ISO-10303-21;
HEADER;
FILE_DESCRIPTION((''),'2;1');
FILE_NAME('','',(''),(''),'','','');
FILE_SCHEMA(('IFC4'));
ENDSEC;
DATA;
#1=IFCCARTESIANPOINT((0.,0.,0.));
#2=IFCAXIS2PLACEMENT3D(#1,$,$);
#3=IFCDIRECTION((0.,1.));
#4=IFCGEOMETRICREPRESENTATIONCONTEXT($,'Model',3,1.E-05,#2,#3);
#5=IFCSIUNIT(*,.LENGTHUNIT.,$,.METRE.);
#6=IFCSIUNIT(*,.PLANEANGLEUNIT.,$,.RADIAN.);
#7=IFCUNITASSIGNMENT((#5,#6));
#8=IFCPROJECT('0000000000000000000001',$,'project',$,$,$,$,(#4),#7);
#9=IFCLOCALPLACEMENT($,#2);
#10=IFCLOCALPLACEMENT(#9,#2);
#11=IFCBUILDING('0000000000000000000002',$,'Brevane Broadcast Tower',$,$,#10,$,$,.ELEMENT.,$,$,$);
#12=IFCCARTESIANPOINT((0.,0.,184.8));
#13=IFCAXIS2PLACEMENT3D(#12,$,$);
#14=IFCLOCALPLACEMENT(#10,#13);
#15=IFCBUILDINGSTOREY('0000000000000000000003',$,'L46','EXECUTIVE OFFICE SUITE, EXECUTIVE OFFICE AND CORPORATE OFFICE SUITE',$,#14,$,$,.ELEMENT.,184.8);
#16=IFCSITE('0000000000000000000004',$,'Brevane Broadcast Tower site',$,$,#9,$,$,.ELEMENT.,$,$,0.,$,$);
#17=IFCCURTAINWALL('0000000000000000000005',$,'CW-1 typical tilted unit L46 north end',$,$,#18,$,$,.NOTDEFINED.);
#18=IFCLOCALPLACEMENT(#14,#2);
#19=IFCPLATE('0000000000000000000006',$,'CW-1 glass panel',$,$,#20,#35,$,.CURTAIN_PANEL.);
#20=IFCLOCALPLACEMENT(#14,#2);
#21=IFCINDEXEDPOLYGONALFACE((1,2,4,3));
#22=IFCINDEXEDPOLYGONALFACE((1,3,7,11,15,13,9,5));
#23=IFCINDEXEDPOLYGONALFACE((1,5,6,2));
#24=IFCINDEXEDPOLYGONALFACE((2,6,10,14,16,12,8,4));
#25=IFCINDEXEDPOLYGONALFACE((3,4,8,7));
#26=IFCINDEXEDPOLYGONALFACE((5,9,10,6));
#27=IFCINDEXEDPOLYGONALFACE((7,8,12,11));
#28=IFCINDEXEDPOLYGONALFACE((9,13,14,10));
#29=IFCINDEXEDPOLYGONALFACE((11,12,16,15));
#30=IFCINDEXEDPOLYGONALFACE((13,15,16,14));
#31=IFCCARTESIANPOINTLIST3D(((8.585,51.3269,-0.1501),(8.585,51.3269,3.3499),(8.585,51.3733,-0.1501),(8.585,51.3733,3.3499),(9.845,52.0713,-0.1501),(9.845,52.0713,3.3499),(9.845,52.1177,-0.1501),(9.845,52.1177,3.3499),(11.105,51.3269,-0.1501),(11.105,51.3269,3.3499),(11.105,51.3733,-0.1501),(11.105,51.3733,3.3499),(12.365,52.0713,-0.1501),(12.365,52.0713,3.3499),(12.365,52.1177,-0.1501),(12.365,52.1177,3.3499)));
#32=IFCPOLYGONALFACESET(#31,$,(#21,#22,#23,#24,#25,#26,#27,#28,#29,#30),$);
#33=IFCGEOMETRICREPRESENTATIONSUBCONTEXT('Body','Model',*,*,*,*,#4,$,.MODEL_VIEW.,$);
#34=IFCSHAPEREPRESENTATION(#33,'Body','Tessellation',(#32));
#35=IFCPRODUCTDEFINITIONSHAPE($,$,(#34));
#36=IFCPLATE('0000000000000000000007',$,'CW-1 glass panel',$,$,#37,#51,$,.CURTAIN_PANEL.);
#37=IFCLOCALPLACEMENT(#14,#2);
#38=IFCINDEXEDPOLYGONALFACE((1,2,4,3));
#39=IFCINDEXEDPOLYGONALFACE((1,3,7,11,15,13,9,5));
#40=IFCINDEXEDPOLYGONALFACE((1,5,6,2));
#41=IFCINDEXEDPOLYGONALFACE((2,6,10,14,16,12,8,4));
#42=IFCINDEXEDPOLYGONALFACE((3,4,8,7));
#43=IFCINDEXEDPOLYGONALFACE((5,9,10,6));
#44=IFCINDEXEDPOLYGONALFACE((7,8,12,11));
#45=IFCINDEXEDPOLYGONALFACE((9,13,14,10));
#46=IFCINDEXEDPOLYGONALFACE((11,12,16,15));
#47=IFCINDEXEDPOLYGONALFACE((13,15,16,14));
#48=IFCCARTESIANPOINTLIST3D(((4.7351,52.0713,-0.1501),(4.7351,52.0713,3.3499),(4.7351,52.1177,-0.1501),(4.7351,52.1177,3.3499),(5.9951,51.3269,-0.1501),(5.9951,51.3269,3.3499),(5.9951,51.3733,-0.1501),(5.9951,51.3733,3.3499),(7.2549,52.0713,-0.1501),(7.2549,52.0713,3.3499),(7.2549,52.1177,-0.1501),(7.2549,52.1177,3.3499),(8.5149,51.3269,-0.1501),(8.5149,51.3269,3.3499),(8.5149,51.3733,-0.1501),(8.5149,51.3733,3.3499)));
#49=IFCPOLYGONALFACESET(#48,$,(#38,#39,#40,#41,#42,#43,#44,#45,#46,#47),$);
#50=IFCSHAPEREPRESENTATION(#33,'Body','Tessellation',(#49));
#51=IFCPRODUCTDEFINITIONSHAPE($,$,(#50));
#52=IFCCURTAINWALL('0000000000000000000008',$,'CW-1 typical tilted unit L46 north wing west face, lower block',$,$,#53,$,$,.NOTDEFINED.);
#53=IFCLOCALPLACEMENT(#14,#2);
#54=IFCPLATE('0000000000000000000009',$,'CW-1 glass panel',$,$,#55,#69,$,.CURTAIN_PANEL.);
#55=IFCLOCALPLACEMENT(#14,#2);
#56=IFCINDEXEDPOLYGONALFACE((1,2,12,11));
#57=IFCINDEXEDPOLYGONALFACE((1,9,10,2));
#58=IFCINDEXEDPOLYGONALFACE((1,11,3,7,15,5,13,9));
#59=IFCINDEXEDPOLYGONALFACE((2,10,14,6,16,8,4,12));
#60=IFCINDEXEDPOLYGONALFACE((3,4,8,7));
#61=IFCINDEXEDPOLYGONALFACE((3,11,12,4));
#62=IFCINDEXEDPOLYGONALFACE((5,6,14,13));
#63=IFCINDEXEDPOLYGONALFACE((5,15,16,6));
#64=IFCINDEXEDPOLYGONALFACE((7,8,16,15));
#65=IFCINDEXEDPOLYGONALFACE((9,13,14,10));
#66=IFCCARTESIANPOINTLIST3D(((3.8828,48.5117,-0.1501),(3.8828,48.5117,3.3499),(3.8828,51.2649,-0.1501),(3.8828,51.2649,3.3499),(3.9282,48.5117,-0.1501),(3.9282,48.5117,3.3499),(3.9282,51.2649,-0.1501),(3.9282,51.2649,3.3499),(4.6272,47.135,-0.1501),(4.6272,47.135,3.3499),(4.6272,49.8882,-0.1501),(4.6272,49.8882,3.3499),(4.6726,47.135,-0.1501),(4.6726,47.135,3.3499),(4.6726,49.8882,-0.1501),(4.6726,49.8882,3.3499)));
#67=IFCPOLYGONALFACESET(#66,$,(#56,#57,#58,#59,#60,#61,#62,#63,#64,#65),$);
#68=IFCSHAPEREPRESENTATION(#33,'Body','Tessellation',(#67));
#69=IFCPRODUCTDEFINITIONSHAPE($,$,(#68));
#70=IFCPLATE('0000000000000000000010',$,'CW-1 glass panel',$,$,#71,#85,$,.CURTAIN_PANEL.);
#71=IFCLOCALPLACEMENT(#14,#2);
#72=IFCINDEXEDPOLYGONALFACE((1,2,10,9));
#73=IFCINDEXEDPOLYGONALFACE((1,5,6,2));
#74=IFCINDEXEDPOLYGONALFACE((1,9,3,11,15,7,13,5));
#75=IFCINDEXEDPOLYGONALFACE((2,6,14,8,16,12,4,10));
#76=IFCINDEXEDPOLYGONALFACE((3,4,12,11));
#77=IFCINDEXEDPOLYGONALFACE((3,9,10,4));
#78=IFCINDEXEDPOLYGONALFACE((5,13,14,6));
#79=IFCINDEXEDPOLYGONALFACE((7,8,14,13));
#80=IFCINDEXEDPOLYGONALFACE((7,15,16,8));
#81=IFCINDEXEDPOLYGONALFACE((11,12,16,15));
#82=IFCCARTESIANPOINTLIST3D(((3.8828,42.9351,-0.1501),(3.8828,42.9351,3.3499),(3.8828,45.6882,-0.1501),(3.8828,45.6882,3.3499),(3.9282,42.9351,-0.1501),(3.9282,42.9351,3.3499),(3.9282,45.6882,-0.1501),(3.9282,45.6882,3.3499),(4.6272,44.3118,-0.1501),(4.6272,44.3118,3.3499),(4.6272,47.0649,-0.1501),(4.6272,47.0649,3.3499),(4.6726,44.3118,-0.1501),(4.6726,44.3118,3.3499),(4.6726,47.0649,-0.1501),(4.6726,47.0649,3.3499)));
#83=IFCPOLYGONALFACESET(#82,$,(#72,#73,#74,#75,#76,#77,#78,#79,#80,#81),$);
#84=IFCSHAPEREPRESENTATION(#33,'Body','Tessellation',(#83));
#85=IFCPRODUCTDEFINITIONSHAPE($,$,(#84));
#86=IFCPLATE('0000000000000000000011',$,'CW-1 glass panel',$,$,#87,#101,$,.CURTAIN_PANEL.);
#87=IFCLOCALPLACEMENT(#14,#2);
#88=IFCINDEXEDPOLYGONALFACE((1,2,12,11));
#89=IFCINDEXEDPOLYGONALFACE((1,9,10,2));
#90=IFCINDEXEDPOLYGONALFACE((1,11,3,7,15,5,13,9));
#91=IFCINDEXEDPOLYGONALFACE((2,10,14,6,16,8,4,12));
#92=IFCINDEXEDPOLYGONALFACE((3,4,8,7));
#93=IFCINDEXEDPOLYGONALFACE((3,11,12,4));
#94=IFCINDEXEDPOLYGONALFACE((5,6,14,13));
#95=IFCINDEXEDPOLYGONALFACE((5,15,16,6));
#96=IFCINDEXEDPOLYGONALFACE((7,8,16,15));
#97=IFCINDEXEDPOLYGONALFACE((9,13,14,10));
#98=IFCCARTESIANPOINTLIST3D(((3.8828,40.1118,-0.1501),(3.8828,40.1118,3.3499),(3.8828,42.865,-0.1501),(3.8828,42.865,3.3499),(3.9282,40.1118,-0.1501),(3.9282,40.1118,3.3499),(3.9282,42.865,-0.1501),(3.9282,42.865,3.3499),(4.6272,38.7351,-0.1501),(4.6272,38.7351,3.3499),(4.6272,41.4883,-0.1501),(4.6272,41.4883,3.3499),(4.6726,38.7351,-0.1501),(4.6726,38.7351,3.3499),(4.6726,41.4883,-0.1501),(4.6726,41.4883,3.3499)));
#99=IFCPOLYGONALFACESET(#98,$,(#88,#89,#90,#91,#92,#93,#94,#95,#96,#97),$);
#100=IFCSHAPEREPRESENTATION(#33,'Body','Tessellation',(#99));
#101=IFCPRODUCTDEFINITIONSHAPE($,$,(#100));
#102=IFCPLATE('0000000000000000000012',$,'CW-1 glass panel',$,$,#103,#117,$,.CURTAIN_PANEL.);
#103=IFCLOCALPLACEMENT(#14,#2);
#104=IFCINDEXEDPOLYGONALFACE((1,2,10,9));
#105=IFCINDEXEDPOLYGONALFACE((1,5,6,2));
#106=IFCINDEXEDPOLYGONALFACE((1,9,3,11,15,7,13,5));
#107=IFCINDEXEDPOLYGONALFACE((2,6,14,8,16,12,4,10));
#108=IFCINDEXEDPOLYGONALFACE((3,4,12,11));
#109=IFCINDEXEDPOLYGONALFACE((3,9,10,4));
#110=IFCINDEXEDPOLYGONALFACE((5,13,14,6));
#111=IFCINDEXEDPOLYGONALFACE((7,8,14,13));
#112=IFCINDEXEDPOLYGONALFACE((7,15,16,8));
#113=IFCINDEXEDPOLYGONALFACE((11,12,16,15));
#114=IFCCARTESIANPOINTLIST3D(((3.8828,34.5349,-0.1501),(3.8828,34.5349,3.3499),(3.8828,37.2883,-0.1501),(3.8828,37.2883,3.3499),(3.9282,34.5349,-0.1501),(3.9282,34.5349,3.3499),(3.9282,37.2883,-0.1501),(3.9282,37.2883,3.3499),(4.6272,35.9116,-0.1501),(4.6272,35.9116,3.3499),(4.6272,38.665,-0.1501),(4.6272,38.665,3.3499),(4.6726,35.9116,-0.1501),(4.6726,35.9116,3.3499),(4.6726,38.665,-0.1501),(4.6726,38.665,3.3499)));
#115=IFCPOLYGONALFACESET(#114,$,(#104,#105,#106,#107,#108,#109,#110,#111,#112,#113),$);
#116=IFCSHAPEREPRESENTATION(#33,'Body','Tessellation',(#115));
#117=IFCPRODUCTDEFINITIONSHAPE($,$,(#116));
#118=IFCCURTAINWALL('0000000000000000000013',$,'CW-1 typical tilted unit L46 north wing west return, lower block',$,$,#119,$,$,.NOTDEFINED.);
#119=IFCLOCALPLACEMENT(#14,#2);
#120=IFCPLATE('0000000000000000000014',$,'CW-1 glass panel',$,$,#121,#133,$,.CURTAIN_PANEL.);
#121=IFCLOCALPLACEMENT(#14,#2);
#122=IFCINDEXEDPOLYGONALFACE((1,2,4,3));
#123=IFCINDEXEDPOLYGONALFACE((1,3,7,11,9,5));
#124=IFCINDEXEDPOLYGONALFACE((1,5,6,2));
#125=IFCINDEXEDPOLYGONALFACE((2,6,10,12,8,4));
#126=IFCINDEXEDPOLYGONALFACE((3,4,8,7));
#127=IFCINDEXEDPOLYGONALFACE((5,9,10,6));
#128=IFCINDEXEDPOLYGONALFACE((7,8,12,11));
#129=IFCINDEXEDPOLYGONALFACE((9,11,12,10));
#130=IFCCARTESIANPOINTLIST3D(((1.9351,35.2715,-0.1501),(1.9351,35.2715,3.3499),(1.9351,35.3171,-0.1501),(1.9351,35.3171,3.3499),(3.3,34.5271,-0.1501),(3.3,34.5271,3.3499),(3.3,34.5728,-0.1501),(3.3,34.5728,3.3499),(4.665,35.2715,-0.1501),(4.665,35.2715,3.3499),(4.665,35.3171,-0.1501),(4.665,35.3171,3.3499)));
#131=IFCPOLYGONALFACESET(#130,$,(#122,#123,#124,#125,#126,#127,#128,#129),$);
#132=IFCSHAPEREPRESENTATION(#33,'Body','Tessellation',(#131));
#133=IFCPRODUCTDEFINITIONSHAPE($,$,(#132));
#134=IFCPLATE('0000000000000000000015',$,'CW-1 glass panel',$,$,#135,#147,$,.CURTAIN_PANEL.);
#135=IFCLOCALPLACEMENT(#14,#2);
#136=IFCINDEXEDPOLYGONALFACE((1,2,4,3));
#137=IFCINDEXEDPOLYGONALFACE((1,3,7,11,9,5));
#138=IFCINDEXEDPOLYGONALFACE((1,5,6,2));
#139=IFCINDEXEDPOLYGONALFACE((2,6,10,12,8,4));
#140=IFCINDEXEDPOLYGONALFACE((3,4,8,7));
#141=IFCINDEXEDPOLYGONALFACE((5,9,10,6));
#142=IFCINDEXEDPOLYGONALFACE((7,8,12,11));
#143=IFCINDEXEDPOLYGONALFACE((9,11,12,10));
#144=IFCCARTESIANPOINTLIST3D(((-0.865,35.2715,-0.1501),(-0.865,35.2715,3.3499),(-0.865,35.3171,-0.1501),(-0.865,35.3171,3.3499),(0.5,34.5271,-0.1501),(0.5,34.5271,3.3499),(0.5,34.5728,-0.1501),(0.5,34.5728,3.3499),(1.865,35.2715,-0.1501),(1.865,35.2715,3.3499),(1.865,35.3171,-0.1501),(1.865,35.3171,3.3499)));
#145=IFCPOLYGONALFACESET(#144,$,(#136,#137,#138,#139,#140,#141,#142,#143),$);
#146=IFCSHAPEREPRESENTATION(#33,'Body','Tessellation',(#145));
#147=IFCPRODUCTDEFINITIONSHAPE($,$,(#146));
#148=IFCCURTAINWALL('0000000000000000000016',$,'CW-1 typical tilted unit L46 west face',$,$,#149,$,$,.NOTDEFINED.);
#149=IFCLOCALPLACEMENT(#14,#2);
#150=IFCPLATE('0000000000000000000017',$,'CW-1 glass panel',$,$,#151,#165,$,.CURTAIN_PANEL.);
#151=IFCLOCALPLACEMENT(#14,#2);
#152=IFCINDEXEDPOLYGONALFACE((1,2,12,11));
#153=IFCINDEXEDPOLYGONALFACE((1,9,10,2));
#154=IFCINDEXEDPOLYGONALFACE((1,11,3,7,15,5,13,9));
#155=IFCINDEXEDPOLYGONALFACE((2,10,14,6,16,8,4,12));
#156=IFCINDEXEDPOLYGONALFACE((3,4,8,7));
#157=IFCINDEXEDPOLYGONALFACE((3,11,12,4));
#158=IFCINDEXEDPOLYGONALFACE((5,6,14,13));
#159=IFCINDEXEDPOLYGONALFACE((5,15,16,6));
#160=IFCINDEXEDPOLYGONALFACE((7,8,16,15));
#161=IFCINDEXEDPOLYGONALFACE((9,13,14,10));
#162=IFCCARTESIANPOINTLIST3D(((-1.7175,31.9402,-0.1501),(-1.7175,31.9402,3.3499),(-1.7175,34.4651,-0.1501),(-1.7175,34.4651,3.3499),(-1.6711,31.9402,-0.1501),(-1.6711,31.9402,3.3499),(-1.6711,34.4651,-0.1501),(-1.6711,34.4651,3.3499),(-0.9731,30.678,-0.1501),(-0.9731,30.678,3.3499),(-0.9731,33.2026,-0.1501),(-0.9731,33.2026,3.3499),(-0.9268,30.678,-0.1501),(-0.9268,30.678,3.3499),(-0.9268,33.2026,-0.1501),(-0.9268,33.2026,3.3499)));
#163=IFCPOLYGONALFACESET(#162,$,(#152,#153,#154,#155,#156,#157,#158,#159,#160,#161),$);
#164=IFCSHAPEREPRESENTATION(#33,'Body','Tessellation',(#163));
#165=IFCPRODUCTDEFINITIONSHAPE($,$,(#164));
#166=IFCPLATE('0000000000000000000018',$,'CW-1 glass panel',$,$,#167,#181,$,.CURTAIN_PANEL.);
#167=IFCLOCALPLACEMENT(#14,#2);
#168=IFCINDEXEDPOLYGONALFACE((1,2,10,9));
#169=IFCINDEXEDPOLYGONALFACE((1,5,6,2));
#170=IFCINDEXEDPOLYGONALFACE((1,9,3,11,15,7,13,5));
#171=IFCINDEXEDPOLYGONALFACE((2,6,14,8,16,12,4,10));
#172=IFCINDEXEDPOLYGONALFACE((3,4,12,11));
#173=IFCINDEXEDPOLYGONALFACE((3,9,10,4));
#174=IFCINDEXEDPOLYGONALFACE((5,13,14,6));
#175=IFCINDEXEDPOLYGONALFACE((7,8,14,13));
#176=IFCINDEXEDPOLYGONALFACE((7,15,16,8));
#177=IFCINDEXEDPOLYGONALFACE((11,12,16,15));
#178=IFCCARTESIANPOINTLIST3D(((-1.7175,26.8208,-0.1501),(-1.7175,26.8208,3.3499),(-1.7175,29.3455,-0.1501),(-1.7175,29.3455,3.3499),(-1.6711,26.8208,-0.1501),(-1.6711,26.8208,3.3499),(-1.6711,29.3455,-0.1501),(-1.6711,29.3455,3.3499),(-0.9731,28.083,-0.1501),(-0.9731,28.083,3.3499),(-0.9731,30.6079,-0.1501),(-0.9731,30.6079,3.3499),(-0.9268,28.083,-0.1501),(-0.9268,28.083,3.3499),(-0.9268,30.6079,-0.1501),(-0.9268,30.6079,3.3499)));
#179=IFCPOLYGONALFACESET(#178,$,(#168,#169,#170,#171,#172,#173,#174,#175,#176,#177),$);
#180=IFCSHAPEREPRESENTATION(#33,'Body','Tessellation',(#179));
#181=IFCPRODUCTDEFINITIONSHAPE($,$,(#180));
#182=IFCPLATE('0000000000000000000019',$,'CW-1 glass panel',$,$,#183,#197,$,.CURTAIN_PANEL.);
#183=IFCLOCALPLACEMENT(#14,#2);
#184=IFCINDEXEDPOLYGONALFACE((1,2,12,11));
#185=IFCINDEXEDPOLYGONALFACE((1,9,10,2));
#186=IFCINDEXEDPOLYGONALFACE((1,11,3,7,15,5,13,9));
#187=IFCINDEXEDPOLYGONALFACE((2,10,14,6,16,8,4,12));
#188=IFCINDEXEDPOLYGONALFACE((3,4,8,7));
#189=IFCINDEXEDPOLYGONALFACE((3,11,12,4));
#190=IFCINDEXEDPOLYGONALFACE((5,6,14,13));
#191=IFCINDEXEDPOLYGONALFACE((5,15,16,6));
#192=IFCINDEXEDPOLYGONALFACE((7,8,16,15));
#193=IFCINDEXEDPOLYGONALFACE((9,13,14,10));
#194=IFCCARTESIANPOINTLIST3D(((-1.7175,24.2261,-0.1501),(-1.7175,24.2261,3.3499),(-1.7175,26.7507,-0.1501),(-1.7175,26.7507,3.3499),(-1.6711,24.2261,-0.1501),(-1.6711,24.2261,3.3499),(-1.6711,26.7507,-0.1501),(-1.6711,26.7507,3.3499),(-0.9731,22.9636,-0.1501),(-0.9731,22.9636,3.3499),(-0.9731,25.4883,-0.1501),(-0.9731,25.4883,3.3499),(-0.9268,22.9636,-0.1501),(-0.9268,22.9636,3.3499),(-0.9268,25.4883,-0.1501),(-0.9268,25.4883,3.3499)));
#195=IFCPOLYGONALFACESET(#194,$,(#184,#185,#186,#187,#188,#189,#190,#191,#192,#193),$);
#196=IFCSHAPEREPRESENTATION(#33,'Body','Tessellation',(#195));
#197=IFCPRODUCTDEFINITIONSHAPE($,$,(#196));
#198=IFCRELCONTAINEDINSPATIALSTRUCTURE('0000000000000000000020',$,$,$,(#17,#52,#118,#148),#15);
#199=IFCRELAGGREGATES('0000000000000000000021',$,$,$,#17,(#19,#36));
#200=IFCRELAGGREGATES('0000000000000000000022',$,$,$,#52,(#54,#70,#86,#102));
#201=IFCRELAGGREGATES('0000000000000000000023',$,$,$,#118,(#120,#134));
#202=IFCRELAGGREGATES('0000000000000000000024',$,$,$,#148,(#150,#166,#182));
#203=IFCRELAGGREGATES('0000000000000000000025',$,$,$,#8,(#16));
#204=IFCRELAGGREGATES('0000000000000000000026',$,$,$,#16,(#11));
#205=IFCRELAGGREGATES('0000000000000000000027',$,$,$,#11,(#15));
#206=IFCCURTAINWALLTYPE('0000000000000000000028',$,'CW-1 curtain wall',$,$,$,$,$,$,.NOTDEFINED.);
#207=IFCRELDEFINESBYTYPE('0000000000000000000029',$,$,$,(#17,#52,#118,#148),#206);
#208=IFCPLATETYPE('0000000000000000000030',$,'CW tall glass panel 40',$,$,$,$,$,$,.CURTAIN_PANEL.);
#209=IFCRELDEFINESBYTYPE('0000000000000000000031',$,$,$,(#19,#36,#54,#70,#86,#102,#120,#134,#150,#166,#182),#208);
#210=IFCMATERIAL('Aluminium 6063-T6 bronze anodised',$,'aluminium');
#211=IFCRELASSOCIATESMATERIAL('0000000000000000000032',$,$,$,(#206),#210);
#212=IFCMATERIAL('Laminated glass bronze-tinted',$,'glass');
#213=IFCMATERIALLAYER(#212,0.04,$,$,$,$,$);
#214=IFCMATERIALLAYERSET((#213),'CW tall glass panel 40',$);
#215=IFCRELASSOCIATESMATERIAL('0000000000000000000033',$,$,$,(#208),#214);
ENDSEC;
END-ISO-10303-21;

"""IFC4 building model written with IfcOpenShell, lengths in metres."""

from ifc_helpers import new_model, si_unit, direction, frame, origin, place, context, subcontext, project, spatial, polyline, outline, extrude, material, layer, layer_set, type_object, element, aggregate, save


model = new_model("IFC4")

# Units and contexts
model_context = context("Model", 3, precision=1e-05, world=origin(), true_north=direction((0.0, 1.0)))
body_context = subcontext(model_context, "Body", "Model", "MODEL_VIEW")
ifc_project = project(units=[si_unit("LENGTHUNIT", "METRE"), si_unit("PLANEANGLEUNIT", "RADIAN")], contexts=[model_context])

# Site, building, storey
site_placement = place(None, origin())
site = spatial("IfcSite", under=ifc_project, at=site_placement, Name="Brevane Broadcast Tower site", CompositionType="ELEMENT", RefElevation=0.0)
building_placement = place(site_placement, origin())
building = spatial("IfcBuilding", under=site, at=building_placement, Name="Brevane Broadcast Tower", CompositionType="ELEMENT")
storey_placement = place(building_placement, frame((0.0, 0.0, 184.8)))
storey = spatial("IfcBuildingStorey", under=building, at=storey_placement, Name="L46", Description="EXECUTIVE OFFICE SUITE, EXECUTIVE OFFICE AND CORPORATE OFFICE SUITE", CompositionType="ELEMENT", Elevation=184.8)

# Shared definitions
ifc_material_1 = material(Name="Aluminium 6063-T6 bronze anodised", Category="aluminium")
curtain_wall_type = type_object("IfcCurtainWallType", Name="CW-1 curtain wall", PredefinedType="NOTDEFINED", material=ifc_material_1)

# Curtain walls, plates
ifc_material_2 = material(Name="Laminated glass bronze-tinted", Category="glass")
ifc_layer = layer(ifc_material_2, 0.04)
ifc_layer_set = layer_set([ifc_layer], Name="CW tall glass panel 40")
plate_type = type_object("IfcPlateType", Name="CW tall glass panel 40", PredefinedType="CURTAIN_PANEL", material=ifc_layer_set)
curtain_wall_1_placement = place(storey_placement, origin())
curtain_wall_1 = element("IfcCurtainWall", 1, at=curtain_wall_1_placement, inside=storey, type_object=curtain_wall_type, Name="CW-1 typical tilted unit L46 north end", PredefinedType="NOTDEFINED")
plate_1_placement = place(storey_placement, frame((0.0, 0.0, -0.1501)))
plate_1 = element("IfcPlate", 2, at=plate_1_placement, type_object=plate_type, Name="CW-1 glass panel", PredefinedType="CURTAIN_PANEL", context=body_context, shape_type="SweptSolid", body=[
    extrude(outline(polyline([(12.365, 52.0713), (12.365, 52.1177), (11.105, 51.3733), (9.845, 52.1177), (8.585, 51.3733), (8.585, 51.3269), (9.845, 52.0713), (11.105, 51.3269), (12.365, 52.0713)])), origin(), (0.0, 0.0, 1.0), 3.5),
])
plate_2_placement = place(storey_placement, frame((0.0, 0.0, -0.1501)))
plate_2 = element("IfcPlate", 3, at=plate_2_placement, type_object=plate_type, Name="CW-1 glass panel", PredefinedType="CURTAIN_PANEL", context=body_context, shape_type="SweptSolid", body=[
    extrude(outline(polyline([(8.5149, 51.3269), (8.5149, 51.3733), (7.2549, 52.1177), (5.9951, 51.3733), (4.7351, 52.1177), (4.7351, 52.0713), (5.9951, 51.3269), (7.2549, 52.0713), (8.5149, 51.3269)])), origin(), (0.0, 0.0, 1.0), 3.5),
])
aggregate(curtain_wall_1, [plate_1, plate_2])
curtain_wall_2_placement = place(storey_placement, origin())
curtain_wall_2 = element("IfcCurtainWall", 4, at=curtain_wall_2_placement, inside=storey, type_object=curtain_wall_type, Name="CW-1 typical tilted unit L46 north wing west face, lower block", PredefinedType="NOTDEFINED")
plate_3_placement = place(storey_placement, frame((0.0, 0.0, -0.1501)))
plate_3 = element("IfcPlate", 5, at=plate_3_placement, type_object=plate_type, Name="CW-1 glass panel", PredefinedType="CURTAIN_PANEL", context=body_context, shape_type="SweptSolid", body=[
    extrude(outline(polyline([(3.9282, 51.2649), (3.8828, 51.2649), (4.6272, 49.8882), (3.8828, 48.5117), (4.6272, 47.135), (4.6726, 47.135), (3.9282, 48.5117), (4.6726, 49.8882), (3.9282, 51.2649)])), origin(), (0.0, 0.0, 1.0), 3.5),
])
plate_4_placement = place(storey_placement, frame((0.0, 0.0, -0.1501)))
plate_4 = element("IfcPlate", 6, at=plate_4_placement, type_object=plate_type, Name="CW-1 glass panel", PredefinedType="CURTAIN_PANEL", context=body_context, shape_type="SweptSolid", body=[
    extrude(outline(polyline([(4.6726, 47.0649), (4.6272, 47.0649), (3.8828, 45.6882), (4.6272, 44.3118), (3.8828, 42.9351), (3.9282, 42.9351), (4.6726, 44.3118), (3.9282, 45.6882), (4.6726, 47.0649)])), origin(), (0.0, 0.0, 1.0), 3.5),
])
plate_5_placement = place(storey_placement, frame((0.0, 0.0, -0.1501)))
plate_5 = element("IfcPlate", 7, at=plate_5_placement, type_object=plate_type, Name="CW-1 glass panel", PredefinedType="CURTAIN_PANEL", context=body_context, shape_type="SweptSolid", body=[
    extrude(outline(polyline([(3.9282, 42.865), (3.8828, 42.865), (4.6272, 41.4883), (3.8828, 40.1118), (4.6272, 38.7351), (4.6726, 38.7351), (3.9282, 40.1118), (4.6726, 41.4883), (3.9282, 42.865)])), origin(), (0.0, 0.0, 1.0), 3.5),
])
plate_6_placement = place(storey_placement, frame((0.0, 0.0, -0.1501)))
plate_6 = element("IfcPlate", 8, at=plate_6_placement, type_object=plate_type, Name="CW-1 glass panel", PredefinedType="CURTAIN_PANEL", context=body_context, shape_type="SweptSolid", body=[
    extrude(outline(polyline([(4.6726, 38.665), (4.6272, 38.665), (3.8828, 37.2883), (4.6272, 35.9116), (3.8828, 34.5349), (3.9282, 34.5349), (4.6726, 35.9116), (3.9282, 37.2883), (4.6726, 38.665)])), origin(), (0.0, 0.0, 1.0), 3.5),
])
aggregate(curtain_wall_2, [plate_3, plate_4, plate_5, plate_6])
curtain_wall_3_placement = place(storey_placement, origin())
curtain_wall_3 = element("IfcCurtainWall", 9, at=curtain_wall_3_placement, inside=storey, type_object=curtain_wall_type, Name="CW-1 typical tilted unit L46 north wing west return, lower block", PredefinedType="NOTDEFINED")
plate_7_placement = place(storey_placement, frame((0.0, 0.0, -0.1501)))
plate_7 = element("IfcPlate", 10, at=plate_7_placement, type_object=plate_type, Name="CW-1 glass panel", PredefinedType="CURTAIN_PANEL", context=body_context, shape_type="SweptSolid", body=[
    extrude(outline(polyline([(4.665, 35.2715), (4.665, 35.3171), (3.3, 34.5728), (1.9351, 35.3171), (1.9351, 35.2715), (3.3, 34.5271), (4.665, 35.2715)])), origin(), (0.0, 0.0, 1.0), 3.5),
])
plate_8_placement = place(storey_placement, frame((0.0, 0.0, -0.1501)))
plate_8 = element("IfcPlate", 11, at=plate_8_placement, type_object=plate_type, Name="CW-1 glass panel", PredefinedType="CURTAIN_PANEL", context=body_context, shape_type="SweptSolid", body=[
    extrude(outline(polyline([(1.865, 35.2715), (1.865, 35.3171), (0.5, 34.5728), (-0.865, 35.3171), (-0.865, 35.2715), (0.5, 34.5271), (1.865, 35.2715)])), origin(), (0.0, 0.0, 1.0), 3.5),
])
aggregate(curtain_wall_3, [plate_7, plate_8])
curtain_wall_4_placement = place(storey_placement, origin())
curtain_wall_4 = element("IfcCurtainWall", 12, at=curtain_wall_4_placement, inside=storey, type_object=curtain_wall_type, Name="CW-1 typical tilted unit L46 west face", PredefinedType="NOTDEFINED")
plate_9_placement = place(storey_placement, frame((0.0, 0.0, -0.1501)))
plate_9 = element("IfcPlate", 13, at=plate_9_placement, type_object=plate_type, Name="CW-1 glass panel", PredefinedType="CURTAIN_PANEL", context=body_context, shape_type="SweptSolid", body=[
    extrude(outline(polyline([(-1.6711, 34.4651), (-1.7175, 34.4651), (-0.9731, 33.2026), (-1.7175, 31.9402), (-0.9731, 30.678), (-0.9268, 30.678), (-1.6711, 31.9402), (-0.9268, 33.2026), (-1.6711, 34.4651)])), origin(), (0.0, 0.0, 1.0), 3.5),
])
plate_10_placement = place(storey_placement, frame((0.0, 0.0, -0.1501)))
plate_10 = element("IfcPlate", 14, at=plate_10_placement, type_object=plate_type, Name="CW-1 glass panel", PredefinedType="CURTAIN_PANEL", context=body_context, shape_type="SweptSolid", body=[
    extrude(outline(polyline([(-0.9268, 30.6079), (-0.9731, 30.6079), (-1.7175, 29.3455), (-0.9731, 28.083), (-1.7175, 26.8208), (-1.6711, 26.8208), (-0.9268, 28.083), (-1.6711, 29.3455), (-0.9268, 30.6079)])), origin(), (0.0, 0.0, 1.0), 3.5),
])
plate_11_placement = place(storey_placement, frame((0.0, 0.0, -0.1501)))
plate_11 = element("IfcPlate", 15, at=plate_11_placement, type_object=plate_type, Name="CW-1 glass panel", PredefinedType="CURTAIN_PANEL", context=body_context, shape_type="SweptSolid", body=[
    extrude(outline(polyline([(-1.6711, 26.7507), (-1.7175, 26.7507), (-0.9731, 25.4883), (-1.7175, 24.2261), (-0.9731, 22.9636), (-0.9268, 22.9636), (-1.6711, 24.2261), (-0.9268, 25.4883), (-1.6711, 26.7507)])), origin(), (0.0, 0.0, 1.0), 3.5),
])
aggregate(curtain_wall_4, [plate_9, plate_10, plate_11])

save(model, "model.ifc")
